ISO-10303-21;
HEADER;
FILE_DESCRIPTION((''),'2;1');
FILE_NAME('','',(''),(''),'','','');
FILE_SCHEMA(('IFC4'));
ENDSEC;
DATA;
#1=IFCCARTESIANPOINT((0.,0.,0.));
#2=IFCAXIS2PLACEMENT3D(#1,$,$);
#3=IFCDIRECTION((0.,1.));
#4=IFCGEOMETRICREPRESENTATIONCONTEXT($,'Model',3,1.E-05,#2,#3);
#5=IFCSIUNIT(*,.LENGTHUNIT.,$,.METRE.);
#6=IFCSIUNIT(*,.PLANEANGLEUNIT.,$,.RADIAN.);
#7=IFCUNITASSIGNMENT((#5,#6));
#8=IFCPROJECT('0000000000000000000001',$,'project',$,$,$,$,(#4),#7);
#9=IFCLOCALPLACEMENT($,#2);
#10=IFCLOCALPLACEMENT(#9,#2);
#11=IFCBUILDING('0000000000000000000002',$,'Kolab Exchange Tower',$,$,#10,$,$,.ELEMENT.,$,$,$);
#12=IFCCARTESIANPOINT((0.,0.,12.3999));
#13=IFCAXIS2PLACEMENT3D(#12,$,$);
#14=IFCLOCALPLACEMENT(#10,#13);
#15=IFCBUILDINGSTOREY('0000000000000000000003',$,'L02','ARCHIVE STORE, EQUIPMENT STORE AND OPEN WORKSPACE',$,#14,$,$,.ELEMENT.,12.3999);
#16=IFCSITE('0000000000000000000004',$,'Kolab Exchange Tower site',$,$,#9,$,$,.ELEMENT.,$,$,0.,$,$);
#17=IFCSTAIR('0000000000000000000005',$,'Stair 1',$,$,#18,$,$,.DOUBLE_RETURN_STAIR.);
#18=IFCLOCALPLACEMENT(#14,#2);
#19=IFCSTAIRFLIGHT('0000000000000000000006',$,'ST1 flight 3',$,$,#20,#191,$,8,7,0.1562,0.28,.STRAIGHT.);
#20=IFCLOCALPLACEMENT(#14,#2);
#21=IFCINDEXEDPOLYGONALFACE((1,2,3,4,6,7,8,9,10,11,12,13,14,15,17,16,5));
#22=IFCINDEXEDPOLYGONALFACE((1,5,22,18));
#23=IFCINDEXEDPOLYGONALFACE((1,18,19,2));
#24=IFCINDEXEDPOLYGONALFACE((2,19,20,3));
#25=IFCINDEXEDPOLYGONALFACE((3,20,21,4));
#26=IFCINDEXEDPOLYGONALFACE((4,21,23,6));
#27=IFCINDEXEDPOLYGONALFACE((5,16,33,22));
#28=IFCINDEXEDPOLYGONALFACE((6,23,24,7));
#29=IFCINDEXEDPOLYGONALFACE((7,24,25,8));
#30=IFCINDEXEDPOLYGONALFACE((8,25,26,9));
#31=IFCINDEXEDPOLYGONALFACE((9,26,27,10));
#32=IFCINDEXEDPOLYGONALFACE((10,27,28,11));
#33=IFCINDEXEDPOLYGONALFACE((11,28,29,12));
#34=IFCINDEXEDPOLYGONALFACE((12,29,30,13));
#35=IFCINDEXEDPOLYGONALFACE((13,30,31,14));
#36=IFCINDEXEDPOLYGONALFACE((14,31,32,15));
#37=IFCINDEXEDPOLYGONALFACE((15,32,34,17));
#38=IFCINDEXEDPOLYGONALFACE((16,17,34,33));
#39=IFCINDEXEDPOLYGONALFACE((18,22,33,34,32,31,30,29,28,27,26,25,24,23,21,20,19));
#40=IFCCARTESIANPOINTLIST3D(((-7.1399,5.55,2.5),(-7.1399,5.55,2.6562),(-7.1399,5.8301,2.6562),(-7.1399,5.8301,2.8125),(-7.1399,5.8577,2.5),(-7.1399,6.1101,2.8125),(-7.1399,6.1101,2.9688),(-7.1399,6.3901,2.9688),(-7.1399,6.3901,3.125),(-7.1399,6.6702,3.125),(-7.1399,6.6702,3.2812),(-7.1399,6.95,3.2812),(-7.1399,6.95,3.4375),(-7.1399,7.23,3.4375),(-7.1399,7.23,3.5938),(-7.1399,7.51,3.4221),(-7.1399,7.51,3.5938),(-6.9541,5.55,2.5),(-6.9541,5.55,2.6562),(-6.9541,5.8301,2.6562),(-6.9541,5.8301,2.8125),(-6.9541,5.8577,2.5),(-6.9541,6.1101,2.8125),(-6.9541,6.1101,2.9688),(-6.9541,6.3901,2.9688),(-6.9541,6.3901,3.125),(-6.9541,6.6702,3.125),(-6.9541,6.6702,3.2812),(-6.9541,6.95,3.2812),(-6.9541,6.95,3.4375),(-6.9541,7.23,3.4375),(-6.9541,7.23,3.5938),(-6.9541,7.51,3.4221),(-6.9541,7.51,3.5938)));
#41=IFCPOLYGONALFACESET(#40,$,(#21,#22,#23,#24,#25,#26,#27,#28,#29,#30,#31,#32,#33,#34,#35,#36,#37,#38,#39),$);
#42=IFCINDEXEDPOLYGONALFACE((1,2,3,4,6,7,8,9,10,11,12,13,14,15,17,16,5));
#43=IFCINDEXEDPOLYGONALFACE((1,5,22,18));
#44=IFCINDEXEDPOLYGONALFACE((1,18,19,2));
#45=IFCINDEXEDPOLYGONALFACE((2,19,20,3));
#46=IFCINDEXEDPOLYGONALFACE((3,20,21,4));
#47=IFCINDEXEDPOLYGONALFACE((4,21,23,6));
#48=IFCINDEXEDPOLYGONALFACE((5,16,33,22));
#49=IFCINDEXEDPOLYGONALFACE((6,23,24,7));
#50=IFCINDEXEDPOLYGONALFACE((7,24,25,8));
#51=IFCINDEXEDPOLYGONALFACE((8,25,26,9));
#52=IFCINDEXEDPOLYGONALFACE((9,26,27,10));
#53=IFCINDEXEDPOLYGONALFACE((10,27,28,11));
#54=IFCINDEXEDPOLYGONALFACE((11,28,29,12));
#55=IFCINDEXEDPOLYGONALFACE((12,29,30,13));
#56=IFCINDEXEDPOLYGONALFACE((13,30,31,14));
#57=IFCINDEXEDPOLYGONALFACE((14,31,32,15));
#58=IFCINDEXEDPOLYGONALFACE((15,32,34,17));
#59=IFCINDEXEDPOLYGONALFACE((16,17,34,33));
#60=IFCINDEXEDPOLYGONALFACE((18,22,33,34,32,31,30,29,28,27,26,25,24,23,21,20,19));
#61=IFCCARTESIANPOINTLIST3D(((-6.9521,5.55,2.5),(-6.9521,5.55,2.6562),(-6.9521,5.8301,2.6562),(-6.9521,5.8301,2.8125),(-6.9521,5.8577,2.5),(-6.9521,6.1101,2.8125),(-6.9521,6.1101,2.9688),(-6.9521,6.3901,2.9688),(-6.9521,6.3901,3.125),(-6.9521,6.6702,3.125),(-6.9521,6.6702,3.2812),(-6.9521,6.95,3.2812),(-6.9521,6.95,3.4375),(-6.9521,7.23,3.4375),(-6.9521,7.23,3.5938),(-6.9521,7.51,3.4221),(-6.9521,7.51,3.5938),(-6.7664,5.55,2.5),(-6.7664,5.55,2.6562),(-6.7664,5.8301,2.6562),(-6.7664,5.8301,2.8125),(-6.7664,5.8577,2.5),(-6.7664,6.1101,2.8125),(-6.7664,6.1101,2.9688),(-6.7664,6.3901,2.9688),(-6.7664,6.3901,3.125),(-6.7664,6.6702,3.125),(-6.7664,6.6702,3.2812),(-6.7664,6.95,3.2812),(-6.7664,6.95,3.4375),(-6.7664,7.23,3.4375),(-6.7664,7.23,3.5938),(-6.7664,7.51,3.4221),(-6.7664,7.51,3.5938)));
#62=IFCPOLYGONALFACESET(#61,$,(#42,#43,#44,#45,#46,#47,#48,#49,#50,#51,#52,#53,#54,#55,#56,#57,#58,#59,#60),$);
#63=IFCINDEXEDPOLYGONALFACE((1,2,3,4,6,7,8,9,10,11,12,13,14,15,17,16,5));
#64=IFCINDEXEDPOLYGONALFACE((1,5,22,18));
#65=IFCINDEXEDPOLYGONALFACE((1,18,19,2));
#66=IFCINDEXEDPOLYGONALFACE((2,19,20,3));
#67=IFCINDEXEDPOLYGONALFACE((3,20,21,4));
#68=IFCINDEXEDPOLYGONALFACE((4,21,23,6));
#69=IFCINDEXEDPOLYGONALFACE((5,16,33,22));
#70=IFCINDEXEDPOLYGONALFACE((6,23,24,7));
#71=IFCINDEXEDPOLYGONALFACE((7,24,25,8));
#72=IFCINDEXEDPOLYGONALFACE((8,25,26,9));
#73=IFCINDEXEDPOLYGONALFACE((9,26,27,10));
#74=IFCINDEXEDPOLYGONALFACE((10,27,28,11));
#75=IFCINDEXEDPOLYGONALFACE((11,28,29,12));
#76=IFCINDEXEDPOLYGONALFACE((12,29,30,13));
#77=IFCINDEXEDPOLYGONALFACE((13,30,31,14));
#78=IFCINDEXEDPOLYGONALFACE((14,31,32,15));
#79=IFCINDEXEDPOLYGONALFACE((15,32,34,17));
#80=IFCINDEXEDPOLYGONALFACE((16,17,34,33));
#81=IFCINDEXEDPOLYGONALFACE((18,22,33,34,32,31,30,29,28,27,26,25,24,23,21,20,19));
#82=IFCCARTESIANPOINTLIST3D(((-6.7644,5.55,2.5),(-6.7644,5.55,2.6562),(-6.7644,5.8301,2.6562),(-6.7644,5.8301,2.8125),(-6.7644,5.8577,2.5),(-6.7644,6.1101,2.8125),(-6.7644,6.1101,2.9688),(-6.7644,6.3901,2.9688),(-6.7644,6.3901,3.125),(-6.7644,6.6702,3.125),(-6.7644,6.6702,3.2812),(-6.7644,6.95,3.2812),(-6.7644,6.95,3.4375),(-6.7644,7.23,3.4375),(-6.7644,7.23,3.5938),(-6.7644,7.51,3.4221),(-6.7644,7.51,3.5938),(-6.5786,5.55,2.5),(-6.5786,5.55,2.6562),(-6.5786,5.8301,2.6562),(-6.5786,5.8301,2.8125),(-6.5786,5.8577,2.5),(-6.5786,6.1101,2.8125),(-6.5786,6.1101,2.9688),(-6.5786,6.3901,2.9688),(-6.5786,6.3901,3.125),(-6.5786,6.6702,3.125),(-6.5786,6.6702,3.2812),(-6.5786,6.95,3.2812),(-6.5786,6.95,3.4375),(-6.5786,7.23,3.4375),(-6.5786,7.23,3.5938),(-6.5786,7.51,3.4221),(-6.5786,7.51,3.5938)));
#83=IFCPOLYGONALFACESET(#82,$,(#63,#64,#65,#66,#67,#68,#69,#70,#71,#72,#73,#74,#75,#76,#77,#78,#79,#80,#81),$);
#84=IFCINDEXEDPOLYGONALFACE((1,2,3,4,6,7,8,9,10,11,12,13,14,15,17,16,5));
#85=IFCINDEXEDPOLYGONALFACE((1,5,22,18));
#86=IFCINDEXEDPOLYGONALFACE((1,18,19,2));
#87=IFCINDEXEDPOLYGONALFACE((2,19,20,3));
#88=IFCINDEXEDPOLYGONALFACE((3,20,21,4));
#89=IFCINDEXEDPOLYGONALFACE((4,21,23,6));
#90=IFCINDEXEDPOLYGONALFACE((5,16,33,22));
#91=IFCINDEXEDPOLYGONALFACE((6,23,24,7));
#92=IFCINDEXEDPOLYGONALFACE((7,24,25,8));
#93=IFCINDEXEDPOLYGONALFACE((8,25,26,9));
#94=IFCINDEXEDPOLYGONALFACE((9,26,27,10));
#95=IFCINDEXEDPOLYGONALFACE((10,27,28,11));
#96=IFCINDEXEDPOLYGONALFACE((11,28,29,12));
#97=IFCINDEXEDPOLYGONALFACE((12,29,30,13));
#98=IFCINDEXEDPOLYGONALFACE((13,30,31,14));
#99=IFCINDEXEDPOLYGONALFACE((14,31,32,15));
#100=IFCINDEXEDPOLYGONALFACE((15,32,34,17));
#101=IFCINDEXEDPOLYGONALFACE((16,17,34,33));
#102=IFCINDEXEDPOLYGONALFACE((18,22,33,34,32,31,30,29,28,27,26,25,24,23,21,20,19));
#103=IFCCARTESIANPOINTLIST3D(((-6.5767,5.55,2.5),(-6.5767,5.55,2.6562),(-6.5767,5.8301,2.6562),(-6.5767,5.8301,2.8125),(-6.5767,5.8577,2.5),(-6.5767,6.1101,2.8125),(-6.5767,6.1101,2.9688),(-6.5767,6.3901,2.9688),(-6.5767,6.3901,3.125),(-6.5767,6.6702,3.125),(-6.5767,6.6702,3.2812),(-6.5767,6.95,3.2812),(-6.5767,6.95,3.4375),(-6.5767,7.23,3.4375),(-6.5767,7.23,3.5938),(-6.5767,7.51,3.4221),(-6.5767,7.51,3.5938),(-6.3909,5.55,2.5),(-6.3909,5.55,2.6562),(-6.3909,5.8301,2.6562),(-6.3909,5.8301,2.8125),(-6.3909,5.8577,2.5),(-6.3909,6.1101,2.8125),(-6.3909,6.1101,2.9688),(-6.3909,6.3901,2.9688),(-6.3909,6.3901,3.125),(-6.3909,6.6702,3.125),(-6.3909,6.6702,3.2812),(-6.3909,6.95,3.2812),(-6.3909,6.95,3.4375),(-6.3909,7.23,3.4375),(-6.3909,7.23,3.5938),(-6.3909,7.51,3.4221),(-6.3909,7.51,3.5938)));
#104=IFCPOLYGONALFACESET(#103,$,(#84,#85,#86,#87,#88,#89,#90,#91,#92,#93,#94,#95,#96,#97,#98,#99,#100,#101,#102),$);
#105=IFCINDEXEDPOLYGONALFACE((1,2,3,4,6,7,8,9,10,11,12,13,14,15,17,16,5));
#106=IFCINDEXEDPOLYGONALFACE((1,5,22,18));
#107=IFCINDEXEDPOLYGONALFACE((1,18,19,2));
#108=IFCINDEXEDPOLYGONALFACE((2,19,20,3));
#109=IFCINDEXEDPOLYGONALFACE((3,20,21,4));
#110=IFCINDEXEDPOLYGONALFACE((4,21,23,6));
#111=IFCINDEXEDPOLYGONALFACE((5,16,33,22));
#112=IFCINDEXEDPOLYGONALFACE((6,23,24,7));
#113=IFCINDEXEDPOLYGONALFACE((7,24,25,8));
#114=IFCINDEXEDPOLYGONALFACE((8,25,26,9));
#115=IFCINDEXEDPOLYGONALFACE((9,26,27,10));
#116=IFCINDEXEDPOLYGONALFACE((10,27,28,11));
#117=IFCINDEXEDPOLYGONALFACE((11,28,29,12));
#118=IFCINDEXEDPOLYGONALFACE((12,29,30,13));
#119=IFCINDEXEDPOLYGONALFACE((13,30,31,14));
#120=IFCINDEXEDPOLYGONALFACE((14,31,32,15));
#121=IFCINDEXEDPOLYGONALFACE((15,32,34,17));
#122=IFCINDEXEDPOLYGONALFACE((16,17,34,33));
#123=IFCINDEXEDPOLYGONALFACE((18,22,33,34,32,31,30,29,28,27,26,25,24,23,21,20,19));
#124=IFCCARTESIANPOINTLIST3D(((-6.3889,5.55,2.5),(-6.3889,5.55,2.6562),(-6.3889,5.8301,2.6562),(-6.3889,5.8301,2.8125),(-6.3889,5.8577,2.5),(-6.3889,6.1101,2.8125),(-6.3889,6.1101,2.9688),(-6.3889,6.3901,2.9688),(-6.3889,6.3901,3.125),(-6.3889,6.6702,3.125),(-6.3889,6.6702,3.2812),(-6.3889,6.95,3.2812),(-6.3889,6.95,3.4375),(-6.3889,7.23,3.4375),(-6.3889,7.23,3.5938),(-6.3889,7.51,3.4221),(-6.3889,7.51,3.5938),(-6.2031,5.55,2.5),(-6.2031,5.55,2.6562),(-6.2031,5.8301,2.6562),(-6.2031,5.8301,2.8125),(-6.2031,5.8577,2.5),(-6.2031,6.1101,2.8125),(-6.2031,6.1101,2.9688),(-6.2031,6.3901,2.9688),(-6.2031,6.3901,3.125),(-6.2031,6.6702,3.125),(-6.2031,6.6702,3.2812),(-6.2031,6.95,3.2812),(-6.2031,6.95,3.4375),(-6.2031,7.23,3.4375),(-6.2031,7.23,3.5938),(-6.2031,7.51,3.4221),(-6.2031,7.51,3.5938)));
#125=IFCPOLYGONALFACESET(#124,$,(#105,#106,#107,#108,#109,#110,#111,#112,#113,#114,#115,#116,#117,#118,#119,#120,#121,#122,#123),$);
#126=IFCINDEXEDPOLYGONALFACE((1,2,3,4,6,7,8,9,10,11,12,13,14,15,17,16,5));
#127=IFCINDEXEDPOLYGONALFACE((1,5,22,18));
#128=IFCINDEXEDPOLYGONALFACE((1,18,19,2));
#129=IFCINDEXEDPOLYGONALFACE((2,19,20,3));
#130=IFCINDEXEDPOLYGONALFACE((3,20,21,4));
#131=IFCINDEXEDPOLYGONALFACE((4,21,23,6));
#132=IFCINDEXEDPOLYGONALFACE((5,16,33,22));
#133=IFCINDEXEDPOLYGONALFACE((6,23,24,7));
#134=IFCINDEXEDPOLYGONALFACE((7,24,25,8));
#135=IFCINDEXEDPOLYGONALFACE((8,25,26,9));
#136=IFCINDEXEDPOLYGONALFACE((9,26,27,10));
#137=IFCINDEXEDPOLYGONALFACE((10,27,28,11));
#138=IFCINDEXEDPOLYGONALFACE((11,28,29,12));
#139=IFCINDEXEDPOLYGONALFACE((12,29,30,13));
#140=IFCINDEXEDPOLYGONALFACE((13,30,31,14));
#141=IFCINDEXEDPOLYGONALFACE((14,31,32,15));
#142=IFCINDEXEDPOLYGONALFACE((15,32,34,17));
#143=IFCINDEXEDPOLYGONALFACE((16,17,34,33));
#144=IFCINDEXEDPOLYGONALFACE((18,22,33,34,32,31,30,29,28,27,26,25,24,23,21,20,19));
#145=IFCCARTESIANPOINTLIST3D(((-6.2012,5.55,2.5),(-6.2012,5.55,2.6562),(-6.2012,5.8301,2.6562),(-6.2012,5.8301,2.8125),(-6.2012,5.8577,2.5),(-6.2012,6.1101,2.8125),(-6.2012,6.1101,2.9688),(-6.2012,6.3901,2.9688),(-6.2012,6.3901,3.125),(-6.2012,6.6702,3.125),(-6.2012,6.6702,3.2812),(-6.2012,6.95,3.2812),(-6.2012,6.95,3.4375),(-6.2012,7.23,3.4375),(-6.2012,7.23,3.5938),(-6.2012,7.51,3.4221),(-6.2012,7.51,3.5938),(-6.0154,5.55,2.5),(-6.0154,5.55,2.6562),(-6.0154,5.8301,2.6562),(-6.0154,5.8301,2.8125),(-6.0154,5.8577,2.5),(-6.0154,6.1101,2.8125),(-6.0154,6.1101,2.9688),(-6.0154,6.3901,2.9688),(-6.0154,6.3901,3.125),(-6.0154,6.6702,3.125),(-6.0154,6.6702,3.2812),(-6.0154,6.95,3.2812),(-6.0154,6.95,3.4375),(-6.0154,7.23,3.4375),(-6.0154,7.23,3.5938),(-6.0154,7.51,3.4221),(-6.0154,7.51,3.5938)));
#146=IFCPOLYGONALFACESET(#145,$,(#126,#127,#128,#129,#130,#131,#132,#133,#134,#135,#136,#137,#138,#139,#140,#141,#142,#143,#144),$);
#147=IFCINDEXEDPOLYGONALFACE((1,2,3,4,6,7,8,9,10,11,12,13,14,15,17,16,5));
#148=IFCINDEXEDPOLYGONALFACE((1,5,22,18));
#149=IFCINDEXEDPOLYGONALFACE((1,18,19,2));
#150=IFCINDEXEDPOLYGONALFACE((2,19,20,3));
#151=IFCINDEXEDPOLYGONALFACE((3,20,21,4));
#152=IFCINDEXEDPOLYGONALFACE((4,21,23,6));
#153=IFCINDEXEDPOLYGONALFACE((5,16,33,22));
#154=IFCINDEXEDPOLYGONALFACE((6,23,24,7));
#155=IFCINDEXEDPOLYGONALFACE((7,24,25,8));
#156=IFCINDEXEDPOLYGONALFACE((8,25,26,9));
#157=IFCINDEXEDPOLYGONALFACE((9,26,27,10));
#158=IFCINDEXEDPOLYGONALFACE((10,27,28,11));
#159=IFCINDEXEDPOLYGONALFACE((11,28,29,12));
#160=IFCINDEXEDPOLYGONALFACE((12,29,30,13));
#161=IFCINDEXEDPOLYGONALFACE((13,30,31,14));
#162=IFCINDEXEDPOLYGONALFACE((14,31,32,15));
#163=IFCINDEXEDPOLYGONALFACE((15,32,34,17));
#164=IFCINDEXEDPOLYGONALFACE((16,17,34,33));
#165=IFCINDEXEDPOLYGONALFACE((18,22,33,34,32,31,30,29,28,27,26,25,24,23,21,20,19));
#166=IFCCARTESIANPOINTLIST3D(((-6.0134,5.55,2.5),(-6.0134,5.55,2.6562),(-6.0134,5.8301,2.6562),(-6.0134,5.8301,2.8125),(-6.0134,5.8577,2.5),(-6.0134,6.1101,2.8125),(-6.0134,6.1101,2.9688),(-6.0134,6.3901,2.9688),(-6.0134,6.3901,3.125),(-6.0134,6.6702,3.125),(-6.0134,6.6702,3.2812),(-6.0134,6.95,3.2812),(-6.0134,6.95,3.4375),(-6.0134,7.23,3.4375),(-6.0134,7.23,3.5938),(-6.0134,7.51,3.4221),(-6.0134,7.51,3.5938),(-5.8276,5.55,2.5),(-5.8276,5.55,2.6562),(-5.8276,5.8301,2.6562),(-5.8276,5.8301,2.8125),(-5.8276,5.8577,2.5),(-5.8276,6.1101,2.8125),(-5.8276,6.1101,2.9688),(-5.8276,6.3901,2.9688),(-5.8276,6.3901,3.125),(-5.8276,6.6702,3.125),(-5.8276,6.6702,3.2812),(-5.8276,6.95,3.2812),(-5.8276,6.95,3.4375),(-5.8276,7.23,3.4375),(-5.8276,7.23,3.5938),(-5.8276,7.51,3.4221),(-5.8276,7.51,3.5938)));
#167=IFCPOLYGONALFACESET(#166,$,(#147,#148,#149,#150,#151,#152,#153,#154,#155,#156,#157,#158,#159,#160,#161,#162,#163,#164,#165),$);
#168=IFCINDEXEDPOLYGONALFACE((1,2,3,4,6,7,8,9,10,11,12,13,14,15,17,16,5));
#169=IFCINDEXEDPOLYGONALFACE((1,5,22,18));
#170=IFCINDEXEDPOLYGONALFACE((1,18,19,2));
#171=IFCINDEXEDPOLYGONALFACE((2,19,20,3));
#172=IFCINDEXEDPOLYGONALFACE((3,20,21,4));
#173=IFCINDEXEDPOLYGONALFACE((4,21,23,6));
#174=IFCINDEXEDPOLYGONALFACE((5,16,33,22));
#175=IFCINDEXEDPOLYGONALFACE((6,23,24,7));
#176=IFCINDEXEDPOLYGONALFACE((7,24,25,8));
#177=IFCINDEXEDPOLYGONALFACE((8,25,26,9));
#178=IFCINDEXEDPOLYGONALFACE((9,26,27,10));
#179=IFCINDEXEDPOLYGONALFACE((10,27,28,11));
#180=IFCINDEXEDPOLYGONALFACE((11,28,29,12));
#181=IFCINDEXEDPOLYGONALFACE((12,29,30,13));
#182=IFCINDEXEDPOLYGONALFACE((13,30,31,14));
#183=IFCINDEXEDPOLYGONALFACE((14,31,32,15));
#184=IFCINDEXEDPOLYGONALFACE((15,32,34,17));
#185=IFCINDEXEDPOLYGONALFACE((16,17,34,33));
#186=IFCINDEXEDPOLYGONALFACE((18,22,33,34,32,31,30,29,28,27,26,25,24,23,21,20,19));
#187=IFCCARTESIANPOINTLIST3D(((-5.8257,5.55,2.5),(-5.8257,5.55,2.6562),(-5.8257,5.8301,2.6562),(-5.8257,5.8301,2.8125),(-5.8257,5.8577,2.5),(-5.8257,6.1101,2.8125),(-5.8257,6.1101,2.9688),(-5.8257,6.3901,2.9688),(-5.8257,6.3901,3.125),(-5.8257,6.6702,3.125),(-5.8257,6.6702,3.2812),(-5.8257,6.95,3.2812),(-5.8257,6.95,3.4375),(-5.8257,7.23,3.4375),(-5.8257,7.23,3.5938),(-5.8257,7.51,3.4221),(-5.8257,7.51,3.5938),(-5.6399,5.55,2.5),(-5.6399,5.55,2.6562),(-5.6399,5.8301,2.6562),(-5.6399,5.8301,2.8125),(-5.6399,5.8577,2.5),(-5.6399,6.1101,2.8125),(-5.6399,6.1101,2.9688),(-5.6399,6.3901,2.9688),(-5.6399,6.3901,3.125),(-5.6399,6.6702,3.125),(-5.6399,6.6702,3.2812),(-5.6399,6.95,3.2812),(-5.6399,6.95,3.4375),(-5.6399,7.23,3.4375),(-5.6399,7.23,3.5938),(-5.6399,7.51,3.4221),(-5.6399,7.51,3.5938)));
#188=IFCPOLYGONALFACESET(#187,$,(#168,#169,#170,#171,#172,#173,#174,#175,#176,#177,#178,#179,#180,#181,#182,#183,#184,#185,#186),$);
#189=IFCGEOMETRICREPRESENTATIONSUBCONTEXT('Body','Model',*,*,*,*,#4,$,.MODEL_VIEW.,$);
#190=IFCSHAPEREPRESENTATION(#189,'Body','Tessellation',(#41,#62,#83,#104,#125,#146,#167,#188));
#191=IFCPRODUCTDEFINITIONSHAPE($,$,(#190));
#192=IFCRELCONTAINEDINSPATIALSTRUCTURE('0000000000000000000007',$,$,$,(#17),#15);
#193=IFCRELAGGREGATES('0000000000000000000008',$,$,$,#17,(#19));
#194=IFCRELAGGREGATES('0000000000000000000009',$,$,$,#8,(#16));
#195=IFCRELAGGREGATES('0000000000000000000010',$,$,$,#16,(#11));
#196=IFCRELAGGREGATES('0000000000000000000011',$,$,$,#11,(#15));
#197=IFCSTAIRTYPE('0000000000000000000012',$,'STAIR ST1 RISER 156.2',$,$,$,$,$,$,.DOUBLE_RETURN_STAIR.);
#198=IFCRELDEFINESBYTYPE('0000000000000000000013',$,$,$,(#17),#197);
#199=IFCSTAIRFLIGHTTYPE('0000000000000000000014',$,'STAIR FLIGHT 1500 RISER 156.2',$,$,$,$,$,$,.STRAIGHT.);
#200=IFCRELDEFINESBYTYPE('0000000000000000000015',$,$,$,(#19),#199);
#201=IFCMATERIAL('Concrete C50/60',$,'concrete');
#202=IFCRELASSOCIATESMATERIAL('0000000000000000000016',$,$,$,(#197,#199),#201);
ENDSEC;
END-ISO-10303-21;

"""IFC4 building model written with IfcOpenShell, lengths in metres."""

from ifc_helpers import new_model, si_unit, direction, frame, origin, place, context, subcontext, project, spatial, polyline, outline, extrude, material, type_object, element, aggregate, save


model = new_model("IFC4")

# Units and contexts
model_context = context("Model", 3, precision=1e-05, world=origin(), true_north=direction((0.0, 1.0)))
body_context = subcontext(model_context, "Body", "Model", "MODEL_VIEW")
ifc_project = project(units=[si_unit("LENGTHUNIT", "METRE"), si_unit("PLANEANGLEUNIT", "RADIAN")], contexts=[model_context])

# Site, building, storey
site_placement = place(None, origin())
site = spatial("IfcSite", under=ifc_project, at=site_placement, Name="Kolab Exchange Tower site", CompositionType="ELEMENT", RefElevation=0.0)
building_placement = place(site_placement, origin())
building = spatial("IfcBuilding", under=site, at=building_placement, Name="Kolab Exchange Tower", CompositionType="ELEMENT")
storey_placement = place(building_placement, frame((0.0, 0.0, 12.3999)))
storey = spatial("IfcBuildingStorey", under=building, at=storey_placement, Name="L02", Description="ARCHIVE STORE, EQUIPMENT STORE AND OPEN WORKSPACE", CompositionType="ELEMENT", Elevation=12.3999)

# Shared definitions
ifc_material_1 = material(Name="Concrete C50/60", Category="concrete")

# Stair, stair flight
stair_type = type_object("IfcStairType", Name="STAIR ST1 RISER 156.2", PredefinedType="DOUBLE_RETURN_STAIR", material=ifc_material_1)
stair_placement = place(storey_placement, origin())
stair = element("IfcStair", 1, at=stair_placement, inside=storey, type_object=stair_type, Name="Stair 1", PredefinedType="DOUBLE_RETURN_STAIR")
stair_flight_type = type_object("IfcStairFlightType", Name="STAIR FLIGHT 1500 RISER 156.2", PredefinedType="STRAIGHT", material=ifc_material_1)
stair_flight_1_placement = place(storey_placement, frame((-6.3899, 5.55, 2.5), z_axis=(0.0, 0.0, 1.0), x_axis=(0.0, 1.0, 0.0)))
stair_flight_1 = element("IfcStairFlight", 2, at=stair_flight_1_placement, type_object=stair_flight_type, Name="ST1 flight 3", NumberOfRisers=8, NumberOfTreads=7, PredefinedType="STRAIGHT", RiserHeight=0.1562, TreadLength=0.28, context=body_context, shape_type="SweptSolid", body=[
    extrude(outline(polyline([(0.0, 0.0), (0.0, 0.1562), (0.28, 0.1562), (0.28, 0.3125), (0.5601, 0.3125), (0.5601, 0.4688), (0.8401, 0.4688), (0.8401, 0.625), (1.1201, 0.625), (1.1201, 0.7812), (1.3999, 0.7812), (1.3999, 0.9375), (1.6799, 0.9375), (1.6799, 1.0938), (1.96, 1.0938), (1.96, 1.25), (1.96, 0.9221), (0.3076, 0.0), (0.0, 0.0)])), frame((0.0, 0.75, 0.0), z_axis=(0.0, -1.0, 0.0), x_axis=(1.0, 0.0, 0.0)), (0.0, 0.0, 1.0), 0.1858),
    extrude(outline(polyline([(0.0, 0.0), (0.0, 0.1562), (0.28, 0.1562), (0.28, 0.3125), (0.5601, 0.3125), (0.5601, 0.4688), (0.8401, 0.4688), (0.8401, 0.625), (1.1201, 0.625), (1.1201, 0.7812), (1.3999, 0.7812), (1.3999, 0.9375), (1.6799, 0.9375), (1.6799, 1.0938), (1.96, 1.0938), (1.96, 1.25), (1.96, 0.9221), (0.3076, 0.0), (0.0, 0.0)])), frame((0.0, 0.5623, 0.0), z_axis=(0.0, -1.0, 0.0), x_axis=(1.0, 0.0, 0.0)), (0.0, 0.0, 1.0), 0.1858),
    extrude(outline(polyline([(0.0, 0.0), (0.0, 0.1562), (0.28, 0.1562), (0.28, 0.3125), (0.5601, 0.3125), (0.5601, 0.4688), (0.8401, 0.4688), (0.8401, 0.625), (1.1201, 0.625), (1.1201, 0.7812), (1.3999, 0.7812), (1.3999, 0.9375), (1.6799, 0.9375), (1.6799, 1.0938), (1.96, 1.0938), (1.96, 1.25), (1.96, 0.9221), (0.3076, 0.0), (0.0, 0.0)])), frame((0.0, 0.3745, 0.0), z_axis=(0.0, -1.0, 0.0), x_axis=(1.0, 0.0, 0.0)), (0.0, 0.0, 1.0), 0.1858),
    extrude(outline(polyline([(0.0, 0.0), (0.0, 0.1562), (0.28, 0.1562), (0.28, 0.3125), (0.5601, 0.3125), (0.5601, 0.4688), (0.8401, 0.4688), (0.8401, 0.625), (1.1201, 0.625), (1.1201, 0.7812), (1.3999, 0.7812), (1.3999, 0.9375), (1.6799, 0.9375), (1.6799, 1.0938), (1.96, 1.0938), (1.96, 1.25), (1.96, 0.9221), (0.3076, 0.0), (0.0, 0.0)])), frame((0.0, 0.1868, 0.0), z_axis=(0.0, -1.0, 0.0), x_axis=(1.0, 0.0, 0.0)), (0.0, 0.0, 1.0), 0.1858),
    extrude(outline(polyline([(0.0, 0.0), (0.0, 0.1562), (0.28, 0.1562), (0.28, 0.3125), (0.5601, 0.3125), (0.5601, 0.4688), (0.8401, 0.4688), (0.8401, 0.625), (1.1201, 0.625), (1.1201, 0.7812), (1.3999, 0.7812), (1.3999, 0.9375), (1.6799, 0.9375), (1.6799, 1.0938), (1.96, 1.0938), (1.96, 1.25), (1.96, 0.9221), (0.3076, 0.0), (0.0, 0.0)])), frame((0.0, -0.001, 0.0), z_axis=(0.0, -1.0, 0.0), x_axis=(1.0, 0.0, 0.0)), (0.0, 0.0, 1.0), 0.1858),
    extrude(outline(polyline([(0.0, 0.0), (0.0, 0.1562), (0.28, 0.1562), (0.28, 0.3125), (0.5601, 0.3125), (0.5601, 0.4688), (0.8401, 0.4688), (0.8401, 0.625), (1.1201, 0.625), (1.1201, 0.7812), (1.3999, 0.7812), (1.3999, 0.9375), (1.6799, 0.9375), (1.6799, 1.0938), (1.96, 1.0938), (1.96, 1.25), (1.96, 0.9221), (0.3076, 0.0), (0.0, 0.0)])), frame((0.0, -0.1887, 0.0), z_axis=(0.0, -1.0, 0.0), x_axis=(1.0, 0.0, 0.0)), (0.0, 0.0, 1.0), 0.1858),
    extrude(outline(polyline([(0.0, 0.0), (0.0, 0.1562), (0.28, 0.1562), (0.28, 0.3125), (0.5601, 0.3125), (0.5601, 0.4688), (0.8401, 0.4688), (0.8401, 0.625), (1.1201, 0.625), (1.1201, 0.7812), (1.3999, 0.7812), (1.3999, 0.9375), (1.6799, 0.9375), (1.6799, 1.0938), (1.96, 1.0938), (1.96, 1.25), (1.96, 0.9221), (0.3076, 0.0), (0.0, 0.0)])), frame((0.0, -0.3765, 0.0), z_axis=(0.0, -1.0, 0.0), x_axis=(1.0, 0.0, 0.0)), (0.0, 0.0, 1.0), 0.1858),
    extrude(outline(polyline([(0.0, 0.0), (0.0, 0.1562), (0.28, 0.1562), (0.28, 0.3125), (0.5601, 0.3125), (0.5601, 0.4688), (0.8401, 0.4688), (0.8401, 0.625), (1.1201, 0.625), (1.1201, 0.7812), (1.3999, 0.7812), (1.3999, 0.9375), (1.6799, 0.9375), (1.6799, 1.0938), (1.96, 1.0938), (1.96, 1.25), (1.96, 0.9221), (0.3076, 0.0), (0.0, 0.0)])), frame((0.0, -0.5642, 0.0), z_axis=(0.0, -1.0, 0.0), x_axis=(1.0, 0.0, 0.0)), (0.0, 0.0, 1.0), 0.1858),
])
aggregate(stair, [stair_flight_1])

save(model, "model.ifc")
